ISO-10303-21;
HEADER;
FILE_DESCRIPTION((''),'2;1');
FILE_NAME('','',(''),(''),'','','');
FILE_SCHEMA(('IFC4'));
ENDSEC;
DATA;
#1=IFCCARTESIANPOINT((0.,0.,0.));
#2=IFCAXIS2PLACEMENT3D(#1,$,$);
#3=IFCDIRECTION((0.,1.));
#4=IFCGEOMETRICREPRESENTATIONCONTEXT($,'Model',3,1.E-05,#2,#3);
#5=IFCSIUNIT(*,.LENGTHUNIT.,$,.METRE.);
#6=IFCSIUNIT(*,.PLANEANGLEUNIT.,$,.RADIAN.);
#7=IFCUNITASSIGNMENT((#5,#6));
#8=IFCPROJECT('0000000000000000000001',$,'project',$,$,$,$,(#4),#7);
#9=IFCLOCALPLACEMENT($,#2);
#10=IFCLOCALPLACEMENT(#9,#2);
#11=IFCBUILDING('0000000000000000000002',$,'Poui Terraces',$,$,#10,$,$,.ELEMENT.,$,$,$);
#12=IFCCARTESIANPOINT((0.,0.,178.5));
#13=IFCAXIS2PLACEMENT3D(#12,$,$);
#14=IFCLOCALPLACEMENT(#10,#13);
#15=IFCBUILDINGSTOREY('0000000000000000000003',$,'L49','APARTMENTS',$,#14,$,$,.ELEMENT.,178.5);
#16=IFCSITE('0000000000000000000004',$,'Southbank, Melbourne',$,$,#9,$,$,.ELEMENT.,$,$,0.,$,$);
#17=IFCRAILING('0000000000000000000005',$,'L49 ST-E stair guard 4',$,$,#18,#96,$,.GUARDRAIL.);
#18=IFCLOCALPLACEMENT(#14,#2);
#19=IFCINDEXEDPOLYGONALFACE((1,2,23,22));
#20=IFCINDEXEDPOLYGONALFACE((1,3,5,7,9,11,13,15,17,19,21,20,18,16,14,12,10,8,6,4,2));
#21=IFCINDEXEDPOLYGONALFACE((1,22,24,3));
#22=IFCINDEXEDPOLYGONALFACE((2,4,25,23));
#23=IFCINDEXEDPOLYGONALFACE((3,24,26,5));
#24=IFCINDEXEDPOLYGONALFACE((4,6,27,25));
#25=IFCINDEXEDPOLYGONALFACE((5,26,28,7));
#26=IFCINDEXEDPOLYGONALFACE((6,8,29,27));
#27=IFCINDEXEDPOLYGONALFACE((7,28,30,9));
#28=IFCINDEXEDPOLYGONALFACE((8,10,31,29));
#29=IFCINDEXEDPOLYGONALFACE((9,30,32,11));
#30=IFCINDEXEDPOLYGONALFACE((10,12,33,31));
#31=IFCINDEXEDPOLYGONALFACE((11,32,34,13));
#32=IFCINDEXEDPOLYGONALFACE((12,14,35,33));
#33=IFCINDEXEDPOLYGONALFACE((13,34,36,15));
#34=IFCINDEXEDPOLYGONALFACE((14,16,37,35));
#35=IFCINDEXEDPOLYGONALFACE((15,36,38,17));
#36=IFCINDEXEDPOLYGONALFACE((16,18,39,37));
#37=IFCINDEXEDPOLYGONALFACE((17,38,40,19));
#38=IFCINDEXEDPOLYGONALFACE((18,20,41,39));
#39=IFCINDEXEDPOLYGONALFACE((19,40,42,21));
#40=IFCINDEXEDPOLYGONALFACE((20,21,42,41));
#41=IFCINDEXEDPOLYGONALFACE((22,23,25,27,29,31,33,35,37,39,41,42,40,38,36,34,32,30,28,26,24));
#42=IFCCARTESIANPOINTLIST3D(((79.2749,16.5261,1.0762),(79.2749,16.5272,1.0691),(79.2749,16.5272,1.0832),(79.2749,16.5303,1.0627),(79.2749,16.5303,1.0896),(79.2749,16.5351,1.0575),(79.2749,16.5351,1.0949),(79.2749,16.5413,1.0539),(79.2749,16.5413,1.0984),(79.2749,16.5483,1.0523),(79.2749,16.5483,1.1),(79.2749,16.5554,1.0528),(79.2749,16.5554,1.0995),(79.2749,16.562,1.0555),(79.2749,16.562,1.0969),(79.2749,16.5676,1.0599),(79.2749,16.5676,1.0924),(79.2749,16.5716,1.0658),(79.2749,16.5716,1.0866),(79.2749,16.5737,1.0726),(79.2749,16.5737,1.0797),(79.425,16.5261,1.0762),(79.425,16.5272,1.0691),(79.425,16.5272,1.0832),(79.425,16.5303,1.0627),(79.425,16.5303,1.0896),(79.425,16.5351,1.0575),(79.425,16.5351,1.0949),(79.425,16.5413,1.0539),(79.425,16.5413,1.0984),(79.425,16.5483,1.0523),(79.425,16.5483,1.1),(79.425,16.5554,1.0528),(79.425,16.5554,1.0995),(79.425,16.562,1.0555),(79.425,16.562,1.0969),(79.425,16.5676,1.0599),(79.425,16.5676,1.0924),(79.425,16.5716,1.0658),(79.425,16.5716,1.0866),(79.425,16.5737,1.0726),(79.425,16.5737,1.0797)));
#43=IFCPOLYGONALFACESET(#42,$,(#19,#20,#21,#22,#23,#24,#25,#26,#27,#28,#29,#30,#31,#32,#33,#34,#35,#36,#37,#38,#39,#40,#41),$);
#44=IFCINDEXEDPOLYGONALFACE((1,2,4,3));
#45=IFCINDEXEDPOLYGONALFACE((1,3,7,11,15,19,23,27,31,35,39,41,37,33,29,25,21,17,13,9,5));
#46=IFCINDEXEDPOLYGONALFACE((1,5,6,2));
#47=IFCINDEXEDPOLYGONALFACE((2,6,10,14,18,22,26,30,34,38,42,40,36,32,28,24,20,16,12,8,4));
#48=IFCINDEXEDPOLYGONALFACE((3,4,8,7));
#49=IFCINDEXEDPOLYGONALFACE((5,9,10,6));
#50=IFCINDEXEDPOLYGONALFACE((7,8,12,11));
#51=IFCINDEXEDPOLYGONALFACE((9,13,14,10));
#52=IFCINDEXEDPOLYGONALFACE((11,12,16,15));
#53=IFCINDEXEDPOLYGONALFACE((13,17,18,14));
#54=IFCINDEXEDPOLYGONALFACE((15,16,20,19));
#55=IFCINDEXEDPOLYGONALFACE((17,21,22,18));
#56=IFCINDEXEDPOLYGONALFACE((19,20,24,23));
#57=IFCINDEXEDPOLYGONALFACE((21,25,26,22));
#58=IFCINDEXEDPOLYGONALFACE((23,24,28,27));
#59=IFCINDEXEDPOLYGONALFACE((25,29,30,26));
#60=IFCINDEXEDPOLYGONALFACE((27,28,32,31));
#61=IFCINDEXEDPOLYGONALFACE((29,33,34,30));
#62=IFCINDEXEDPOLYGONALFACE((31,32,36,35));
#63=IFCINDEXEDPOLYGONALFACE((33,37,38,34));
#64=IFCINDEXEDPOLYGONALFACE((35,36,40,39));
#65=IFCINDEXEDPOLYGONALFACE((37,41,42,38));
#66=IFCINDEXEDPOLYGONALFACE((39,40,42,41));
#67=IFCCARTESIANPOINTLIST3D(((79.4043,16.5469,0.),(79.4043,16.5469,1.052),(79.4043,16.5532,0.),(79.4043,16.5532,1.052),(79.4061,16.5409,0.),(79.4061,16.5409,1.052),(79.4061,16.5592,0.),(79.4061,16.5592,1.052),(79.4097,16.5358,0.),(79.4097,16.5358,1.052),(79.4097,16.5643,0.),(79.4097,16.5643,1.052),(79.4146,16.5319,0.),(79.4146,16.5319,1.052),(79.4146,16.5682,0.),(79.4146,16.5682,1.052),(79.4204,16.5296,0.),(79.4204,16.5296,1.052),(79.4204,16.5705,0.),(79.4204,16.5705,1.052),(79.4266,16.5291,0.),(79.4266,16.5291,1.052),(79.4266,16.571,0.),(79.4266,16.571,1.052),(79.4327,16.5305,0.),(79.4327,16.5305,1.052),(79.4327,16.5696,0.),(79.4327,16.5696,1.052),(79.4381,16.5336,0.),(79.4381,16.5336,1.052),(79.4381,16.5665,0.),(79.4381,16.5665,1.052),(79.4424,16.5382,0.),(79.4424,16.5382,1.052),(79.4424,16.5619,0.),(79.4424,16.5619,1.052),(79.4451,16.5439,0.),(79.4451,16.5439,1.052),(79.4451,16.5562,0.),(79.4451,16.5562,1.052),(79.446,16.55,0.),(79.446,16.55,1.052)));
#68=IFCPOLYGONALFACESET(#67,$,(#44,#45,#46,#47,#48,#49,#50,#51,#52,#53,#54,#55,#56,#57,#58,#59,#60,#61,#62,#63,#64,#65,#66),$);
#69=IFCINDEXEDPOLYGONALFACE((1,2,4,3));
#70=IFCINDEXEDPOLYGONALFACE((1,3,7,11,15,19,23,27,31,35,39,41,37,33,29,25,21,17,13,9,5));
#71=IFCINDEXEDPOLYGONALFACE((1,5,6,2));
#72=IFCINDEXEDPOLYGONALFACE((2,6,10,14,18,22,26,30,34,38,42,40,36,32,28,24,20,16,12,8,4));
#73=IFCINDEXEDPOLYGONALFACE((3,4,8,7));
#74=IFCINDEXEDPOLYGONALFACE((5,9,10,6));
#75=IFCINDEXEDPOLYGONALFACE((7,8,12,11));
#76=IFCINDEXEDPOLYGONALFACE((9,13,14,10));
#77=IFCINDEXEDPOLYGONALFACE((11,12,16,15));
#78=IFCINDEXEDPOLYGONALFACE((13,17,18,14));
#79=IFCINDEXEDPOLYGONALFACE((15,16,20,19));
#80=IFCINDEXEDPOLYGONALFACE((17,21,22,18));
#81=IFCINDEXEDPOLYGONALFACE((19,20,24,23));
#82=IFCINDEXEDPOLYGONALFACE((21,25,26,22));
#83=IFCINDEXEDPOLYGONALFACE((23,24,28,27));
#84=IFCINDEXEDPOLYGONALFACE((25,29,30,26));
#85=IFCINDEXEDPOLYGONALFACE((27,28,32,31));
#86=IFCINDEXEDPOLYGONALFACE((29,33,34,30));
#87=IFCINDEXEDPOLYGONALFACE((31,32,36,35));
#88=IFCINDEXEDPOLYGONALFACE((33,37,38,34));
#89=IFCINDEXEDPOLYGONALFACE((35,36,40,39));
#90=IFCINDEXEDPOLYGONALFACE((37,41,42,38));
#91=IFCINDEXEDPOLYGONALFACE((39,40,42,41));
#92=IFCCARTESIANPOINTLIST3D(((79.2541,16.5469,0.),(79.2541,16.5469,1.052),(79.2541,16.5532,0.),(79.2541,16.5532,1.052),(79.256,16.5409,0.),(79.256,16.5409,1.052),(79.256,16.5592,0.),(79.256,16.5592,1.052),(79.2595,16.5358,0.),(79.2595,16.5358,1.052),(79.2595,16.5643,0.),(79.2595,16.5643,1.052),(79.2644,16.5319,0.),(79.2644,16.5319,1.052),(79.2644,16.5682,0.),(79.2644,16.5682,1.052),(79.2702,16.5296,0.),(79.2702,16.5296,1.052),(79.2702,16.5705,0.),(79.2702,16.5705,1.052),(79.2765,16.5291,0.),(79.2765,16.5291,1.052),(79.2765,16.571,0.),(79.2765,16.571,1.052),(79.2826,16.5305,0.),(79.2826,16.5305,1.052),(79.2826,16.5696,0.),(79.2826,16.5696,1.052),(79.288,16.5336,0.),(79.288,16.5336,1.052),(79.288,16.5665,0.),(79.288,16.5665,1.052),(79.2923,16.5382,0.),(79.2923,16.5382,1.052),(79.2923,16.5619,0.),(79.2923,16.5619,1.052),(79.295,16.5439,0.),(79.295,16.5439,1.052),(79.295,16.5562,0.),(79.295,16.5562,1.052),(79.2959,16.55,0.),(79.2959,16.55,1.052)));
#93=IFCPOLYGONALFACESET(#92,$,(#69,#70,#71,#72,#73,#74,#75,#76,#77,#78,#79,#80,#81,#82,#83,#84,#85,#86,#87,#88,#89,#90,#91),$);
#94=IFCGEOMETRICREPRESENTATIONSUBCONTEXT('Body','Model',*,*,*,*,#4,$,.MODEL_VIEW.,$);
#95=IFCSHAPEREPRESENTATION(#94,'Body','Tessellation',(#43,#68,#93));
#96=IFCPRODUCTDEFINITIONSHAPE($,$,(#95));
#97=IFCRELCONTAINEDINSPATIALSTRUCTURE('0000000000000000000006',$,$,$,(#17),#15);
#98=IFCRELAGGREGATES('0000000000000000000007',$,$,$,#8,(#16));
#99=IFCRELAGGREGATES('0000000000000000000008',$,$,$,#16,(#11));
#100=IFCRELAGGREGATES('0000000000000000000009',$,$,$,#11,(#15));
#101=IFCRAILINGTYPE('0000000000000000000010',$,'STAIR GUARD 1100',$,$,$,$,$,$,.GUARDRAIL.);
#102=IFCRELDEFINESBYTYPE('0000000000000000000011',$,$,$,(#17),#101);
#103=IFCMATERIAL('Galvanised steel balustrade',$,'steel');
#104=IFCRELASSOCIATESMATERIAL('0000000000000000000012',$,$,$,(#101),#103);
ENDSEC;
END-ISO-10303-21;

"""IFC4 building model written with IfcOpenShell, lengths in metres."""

from ifc_helpers import new_model, si_unit, direction, frame, origin, origin_2d, place, context, subcontext, project, spatial, circle, extrude, material, type_object, element, save


model = new_model("IFC4")

# Units and contexts
model_context = context("Model", 3, precision=1e-05, world=origin(), true_north=direction((0.0, 1.0)))
body_context = subcontext(model_context, "Body", "Model", "MODEL_VIEW")
ifc_project = project(units=[si_unit("LENGTHUNIT", "METRE"), si_unit("PLANEANGLEUNIT", "RADIAN")], contexts=[model_context])

# Site, building, storey
site_placement = place(None, origin())
site = spatial("IfcSite", under=ifc_project, at=site_placement, Name="Southbank, Melbourne", CompositionType="ELEMENT", RefElevation=0.0)
building_placement = place(site_placement, origin())
building = spatial("IfcBuilding", under=site, at=building_placement, Name="Poui Terraces", CompositionType="ELEMENT")
storey_placement = place(building_placement, frame((0.0, 0.0, 178.5)))
storey = spatial("IfcBuildingStorey", under=building, at=storey_placement, Name="L49", Description="APARTMENTS", CompositionType="ELEMENT", Elevation=178.5)

# Railing
ifc_material_1 = material(Name="Galvanised steel balustrade", Category="steel")
railing_type_1 = type_object("IfcRailingType", Name="STAIR GUARD 1100", PredefinedType="GUARDRAIL", material=ifc_material_1)
railing_1_placement = place(storey_placement, frame((79.425, 16.55, 0.0)))
element("IfcRailing", 1, at=railing_1_placement, inside=storey, type_object=railing_type_1, Name="L49 ST-E stair guard 4", PredefinedType="GUARDRAIL", context=body_context, shape_type="SweptSolid", body=[
    extrude(circle(Radius=0.0239, at=origin_2d()), frame((0.0, 0.0, 1.0762), z_axis=(-1.0, 0.0, 0.0), x_axis=(0.0, -1.0, 0.0)), (0.0, 0.0, 1.0), 0.1501),
    extrude(circle(Radius=0.021, at=origin_2d()), origin(), (0.0, 0.0, 1.0), 1.052),
    extrude(circle(Radius=0.021, at=origin_2d()), frame((-0.1501, 0.0, 0.0)), (0.0, 0.0, 1.0), 1.052),
])

save(model, "model.ifc")
